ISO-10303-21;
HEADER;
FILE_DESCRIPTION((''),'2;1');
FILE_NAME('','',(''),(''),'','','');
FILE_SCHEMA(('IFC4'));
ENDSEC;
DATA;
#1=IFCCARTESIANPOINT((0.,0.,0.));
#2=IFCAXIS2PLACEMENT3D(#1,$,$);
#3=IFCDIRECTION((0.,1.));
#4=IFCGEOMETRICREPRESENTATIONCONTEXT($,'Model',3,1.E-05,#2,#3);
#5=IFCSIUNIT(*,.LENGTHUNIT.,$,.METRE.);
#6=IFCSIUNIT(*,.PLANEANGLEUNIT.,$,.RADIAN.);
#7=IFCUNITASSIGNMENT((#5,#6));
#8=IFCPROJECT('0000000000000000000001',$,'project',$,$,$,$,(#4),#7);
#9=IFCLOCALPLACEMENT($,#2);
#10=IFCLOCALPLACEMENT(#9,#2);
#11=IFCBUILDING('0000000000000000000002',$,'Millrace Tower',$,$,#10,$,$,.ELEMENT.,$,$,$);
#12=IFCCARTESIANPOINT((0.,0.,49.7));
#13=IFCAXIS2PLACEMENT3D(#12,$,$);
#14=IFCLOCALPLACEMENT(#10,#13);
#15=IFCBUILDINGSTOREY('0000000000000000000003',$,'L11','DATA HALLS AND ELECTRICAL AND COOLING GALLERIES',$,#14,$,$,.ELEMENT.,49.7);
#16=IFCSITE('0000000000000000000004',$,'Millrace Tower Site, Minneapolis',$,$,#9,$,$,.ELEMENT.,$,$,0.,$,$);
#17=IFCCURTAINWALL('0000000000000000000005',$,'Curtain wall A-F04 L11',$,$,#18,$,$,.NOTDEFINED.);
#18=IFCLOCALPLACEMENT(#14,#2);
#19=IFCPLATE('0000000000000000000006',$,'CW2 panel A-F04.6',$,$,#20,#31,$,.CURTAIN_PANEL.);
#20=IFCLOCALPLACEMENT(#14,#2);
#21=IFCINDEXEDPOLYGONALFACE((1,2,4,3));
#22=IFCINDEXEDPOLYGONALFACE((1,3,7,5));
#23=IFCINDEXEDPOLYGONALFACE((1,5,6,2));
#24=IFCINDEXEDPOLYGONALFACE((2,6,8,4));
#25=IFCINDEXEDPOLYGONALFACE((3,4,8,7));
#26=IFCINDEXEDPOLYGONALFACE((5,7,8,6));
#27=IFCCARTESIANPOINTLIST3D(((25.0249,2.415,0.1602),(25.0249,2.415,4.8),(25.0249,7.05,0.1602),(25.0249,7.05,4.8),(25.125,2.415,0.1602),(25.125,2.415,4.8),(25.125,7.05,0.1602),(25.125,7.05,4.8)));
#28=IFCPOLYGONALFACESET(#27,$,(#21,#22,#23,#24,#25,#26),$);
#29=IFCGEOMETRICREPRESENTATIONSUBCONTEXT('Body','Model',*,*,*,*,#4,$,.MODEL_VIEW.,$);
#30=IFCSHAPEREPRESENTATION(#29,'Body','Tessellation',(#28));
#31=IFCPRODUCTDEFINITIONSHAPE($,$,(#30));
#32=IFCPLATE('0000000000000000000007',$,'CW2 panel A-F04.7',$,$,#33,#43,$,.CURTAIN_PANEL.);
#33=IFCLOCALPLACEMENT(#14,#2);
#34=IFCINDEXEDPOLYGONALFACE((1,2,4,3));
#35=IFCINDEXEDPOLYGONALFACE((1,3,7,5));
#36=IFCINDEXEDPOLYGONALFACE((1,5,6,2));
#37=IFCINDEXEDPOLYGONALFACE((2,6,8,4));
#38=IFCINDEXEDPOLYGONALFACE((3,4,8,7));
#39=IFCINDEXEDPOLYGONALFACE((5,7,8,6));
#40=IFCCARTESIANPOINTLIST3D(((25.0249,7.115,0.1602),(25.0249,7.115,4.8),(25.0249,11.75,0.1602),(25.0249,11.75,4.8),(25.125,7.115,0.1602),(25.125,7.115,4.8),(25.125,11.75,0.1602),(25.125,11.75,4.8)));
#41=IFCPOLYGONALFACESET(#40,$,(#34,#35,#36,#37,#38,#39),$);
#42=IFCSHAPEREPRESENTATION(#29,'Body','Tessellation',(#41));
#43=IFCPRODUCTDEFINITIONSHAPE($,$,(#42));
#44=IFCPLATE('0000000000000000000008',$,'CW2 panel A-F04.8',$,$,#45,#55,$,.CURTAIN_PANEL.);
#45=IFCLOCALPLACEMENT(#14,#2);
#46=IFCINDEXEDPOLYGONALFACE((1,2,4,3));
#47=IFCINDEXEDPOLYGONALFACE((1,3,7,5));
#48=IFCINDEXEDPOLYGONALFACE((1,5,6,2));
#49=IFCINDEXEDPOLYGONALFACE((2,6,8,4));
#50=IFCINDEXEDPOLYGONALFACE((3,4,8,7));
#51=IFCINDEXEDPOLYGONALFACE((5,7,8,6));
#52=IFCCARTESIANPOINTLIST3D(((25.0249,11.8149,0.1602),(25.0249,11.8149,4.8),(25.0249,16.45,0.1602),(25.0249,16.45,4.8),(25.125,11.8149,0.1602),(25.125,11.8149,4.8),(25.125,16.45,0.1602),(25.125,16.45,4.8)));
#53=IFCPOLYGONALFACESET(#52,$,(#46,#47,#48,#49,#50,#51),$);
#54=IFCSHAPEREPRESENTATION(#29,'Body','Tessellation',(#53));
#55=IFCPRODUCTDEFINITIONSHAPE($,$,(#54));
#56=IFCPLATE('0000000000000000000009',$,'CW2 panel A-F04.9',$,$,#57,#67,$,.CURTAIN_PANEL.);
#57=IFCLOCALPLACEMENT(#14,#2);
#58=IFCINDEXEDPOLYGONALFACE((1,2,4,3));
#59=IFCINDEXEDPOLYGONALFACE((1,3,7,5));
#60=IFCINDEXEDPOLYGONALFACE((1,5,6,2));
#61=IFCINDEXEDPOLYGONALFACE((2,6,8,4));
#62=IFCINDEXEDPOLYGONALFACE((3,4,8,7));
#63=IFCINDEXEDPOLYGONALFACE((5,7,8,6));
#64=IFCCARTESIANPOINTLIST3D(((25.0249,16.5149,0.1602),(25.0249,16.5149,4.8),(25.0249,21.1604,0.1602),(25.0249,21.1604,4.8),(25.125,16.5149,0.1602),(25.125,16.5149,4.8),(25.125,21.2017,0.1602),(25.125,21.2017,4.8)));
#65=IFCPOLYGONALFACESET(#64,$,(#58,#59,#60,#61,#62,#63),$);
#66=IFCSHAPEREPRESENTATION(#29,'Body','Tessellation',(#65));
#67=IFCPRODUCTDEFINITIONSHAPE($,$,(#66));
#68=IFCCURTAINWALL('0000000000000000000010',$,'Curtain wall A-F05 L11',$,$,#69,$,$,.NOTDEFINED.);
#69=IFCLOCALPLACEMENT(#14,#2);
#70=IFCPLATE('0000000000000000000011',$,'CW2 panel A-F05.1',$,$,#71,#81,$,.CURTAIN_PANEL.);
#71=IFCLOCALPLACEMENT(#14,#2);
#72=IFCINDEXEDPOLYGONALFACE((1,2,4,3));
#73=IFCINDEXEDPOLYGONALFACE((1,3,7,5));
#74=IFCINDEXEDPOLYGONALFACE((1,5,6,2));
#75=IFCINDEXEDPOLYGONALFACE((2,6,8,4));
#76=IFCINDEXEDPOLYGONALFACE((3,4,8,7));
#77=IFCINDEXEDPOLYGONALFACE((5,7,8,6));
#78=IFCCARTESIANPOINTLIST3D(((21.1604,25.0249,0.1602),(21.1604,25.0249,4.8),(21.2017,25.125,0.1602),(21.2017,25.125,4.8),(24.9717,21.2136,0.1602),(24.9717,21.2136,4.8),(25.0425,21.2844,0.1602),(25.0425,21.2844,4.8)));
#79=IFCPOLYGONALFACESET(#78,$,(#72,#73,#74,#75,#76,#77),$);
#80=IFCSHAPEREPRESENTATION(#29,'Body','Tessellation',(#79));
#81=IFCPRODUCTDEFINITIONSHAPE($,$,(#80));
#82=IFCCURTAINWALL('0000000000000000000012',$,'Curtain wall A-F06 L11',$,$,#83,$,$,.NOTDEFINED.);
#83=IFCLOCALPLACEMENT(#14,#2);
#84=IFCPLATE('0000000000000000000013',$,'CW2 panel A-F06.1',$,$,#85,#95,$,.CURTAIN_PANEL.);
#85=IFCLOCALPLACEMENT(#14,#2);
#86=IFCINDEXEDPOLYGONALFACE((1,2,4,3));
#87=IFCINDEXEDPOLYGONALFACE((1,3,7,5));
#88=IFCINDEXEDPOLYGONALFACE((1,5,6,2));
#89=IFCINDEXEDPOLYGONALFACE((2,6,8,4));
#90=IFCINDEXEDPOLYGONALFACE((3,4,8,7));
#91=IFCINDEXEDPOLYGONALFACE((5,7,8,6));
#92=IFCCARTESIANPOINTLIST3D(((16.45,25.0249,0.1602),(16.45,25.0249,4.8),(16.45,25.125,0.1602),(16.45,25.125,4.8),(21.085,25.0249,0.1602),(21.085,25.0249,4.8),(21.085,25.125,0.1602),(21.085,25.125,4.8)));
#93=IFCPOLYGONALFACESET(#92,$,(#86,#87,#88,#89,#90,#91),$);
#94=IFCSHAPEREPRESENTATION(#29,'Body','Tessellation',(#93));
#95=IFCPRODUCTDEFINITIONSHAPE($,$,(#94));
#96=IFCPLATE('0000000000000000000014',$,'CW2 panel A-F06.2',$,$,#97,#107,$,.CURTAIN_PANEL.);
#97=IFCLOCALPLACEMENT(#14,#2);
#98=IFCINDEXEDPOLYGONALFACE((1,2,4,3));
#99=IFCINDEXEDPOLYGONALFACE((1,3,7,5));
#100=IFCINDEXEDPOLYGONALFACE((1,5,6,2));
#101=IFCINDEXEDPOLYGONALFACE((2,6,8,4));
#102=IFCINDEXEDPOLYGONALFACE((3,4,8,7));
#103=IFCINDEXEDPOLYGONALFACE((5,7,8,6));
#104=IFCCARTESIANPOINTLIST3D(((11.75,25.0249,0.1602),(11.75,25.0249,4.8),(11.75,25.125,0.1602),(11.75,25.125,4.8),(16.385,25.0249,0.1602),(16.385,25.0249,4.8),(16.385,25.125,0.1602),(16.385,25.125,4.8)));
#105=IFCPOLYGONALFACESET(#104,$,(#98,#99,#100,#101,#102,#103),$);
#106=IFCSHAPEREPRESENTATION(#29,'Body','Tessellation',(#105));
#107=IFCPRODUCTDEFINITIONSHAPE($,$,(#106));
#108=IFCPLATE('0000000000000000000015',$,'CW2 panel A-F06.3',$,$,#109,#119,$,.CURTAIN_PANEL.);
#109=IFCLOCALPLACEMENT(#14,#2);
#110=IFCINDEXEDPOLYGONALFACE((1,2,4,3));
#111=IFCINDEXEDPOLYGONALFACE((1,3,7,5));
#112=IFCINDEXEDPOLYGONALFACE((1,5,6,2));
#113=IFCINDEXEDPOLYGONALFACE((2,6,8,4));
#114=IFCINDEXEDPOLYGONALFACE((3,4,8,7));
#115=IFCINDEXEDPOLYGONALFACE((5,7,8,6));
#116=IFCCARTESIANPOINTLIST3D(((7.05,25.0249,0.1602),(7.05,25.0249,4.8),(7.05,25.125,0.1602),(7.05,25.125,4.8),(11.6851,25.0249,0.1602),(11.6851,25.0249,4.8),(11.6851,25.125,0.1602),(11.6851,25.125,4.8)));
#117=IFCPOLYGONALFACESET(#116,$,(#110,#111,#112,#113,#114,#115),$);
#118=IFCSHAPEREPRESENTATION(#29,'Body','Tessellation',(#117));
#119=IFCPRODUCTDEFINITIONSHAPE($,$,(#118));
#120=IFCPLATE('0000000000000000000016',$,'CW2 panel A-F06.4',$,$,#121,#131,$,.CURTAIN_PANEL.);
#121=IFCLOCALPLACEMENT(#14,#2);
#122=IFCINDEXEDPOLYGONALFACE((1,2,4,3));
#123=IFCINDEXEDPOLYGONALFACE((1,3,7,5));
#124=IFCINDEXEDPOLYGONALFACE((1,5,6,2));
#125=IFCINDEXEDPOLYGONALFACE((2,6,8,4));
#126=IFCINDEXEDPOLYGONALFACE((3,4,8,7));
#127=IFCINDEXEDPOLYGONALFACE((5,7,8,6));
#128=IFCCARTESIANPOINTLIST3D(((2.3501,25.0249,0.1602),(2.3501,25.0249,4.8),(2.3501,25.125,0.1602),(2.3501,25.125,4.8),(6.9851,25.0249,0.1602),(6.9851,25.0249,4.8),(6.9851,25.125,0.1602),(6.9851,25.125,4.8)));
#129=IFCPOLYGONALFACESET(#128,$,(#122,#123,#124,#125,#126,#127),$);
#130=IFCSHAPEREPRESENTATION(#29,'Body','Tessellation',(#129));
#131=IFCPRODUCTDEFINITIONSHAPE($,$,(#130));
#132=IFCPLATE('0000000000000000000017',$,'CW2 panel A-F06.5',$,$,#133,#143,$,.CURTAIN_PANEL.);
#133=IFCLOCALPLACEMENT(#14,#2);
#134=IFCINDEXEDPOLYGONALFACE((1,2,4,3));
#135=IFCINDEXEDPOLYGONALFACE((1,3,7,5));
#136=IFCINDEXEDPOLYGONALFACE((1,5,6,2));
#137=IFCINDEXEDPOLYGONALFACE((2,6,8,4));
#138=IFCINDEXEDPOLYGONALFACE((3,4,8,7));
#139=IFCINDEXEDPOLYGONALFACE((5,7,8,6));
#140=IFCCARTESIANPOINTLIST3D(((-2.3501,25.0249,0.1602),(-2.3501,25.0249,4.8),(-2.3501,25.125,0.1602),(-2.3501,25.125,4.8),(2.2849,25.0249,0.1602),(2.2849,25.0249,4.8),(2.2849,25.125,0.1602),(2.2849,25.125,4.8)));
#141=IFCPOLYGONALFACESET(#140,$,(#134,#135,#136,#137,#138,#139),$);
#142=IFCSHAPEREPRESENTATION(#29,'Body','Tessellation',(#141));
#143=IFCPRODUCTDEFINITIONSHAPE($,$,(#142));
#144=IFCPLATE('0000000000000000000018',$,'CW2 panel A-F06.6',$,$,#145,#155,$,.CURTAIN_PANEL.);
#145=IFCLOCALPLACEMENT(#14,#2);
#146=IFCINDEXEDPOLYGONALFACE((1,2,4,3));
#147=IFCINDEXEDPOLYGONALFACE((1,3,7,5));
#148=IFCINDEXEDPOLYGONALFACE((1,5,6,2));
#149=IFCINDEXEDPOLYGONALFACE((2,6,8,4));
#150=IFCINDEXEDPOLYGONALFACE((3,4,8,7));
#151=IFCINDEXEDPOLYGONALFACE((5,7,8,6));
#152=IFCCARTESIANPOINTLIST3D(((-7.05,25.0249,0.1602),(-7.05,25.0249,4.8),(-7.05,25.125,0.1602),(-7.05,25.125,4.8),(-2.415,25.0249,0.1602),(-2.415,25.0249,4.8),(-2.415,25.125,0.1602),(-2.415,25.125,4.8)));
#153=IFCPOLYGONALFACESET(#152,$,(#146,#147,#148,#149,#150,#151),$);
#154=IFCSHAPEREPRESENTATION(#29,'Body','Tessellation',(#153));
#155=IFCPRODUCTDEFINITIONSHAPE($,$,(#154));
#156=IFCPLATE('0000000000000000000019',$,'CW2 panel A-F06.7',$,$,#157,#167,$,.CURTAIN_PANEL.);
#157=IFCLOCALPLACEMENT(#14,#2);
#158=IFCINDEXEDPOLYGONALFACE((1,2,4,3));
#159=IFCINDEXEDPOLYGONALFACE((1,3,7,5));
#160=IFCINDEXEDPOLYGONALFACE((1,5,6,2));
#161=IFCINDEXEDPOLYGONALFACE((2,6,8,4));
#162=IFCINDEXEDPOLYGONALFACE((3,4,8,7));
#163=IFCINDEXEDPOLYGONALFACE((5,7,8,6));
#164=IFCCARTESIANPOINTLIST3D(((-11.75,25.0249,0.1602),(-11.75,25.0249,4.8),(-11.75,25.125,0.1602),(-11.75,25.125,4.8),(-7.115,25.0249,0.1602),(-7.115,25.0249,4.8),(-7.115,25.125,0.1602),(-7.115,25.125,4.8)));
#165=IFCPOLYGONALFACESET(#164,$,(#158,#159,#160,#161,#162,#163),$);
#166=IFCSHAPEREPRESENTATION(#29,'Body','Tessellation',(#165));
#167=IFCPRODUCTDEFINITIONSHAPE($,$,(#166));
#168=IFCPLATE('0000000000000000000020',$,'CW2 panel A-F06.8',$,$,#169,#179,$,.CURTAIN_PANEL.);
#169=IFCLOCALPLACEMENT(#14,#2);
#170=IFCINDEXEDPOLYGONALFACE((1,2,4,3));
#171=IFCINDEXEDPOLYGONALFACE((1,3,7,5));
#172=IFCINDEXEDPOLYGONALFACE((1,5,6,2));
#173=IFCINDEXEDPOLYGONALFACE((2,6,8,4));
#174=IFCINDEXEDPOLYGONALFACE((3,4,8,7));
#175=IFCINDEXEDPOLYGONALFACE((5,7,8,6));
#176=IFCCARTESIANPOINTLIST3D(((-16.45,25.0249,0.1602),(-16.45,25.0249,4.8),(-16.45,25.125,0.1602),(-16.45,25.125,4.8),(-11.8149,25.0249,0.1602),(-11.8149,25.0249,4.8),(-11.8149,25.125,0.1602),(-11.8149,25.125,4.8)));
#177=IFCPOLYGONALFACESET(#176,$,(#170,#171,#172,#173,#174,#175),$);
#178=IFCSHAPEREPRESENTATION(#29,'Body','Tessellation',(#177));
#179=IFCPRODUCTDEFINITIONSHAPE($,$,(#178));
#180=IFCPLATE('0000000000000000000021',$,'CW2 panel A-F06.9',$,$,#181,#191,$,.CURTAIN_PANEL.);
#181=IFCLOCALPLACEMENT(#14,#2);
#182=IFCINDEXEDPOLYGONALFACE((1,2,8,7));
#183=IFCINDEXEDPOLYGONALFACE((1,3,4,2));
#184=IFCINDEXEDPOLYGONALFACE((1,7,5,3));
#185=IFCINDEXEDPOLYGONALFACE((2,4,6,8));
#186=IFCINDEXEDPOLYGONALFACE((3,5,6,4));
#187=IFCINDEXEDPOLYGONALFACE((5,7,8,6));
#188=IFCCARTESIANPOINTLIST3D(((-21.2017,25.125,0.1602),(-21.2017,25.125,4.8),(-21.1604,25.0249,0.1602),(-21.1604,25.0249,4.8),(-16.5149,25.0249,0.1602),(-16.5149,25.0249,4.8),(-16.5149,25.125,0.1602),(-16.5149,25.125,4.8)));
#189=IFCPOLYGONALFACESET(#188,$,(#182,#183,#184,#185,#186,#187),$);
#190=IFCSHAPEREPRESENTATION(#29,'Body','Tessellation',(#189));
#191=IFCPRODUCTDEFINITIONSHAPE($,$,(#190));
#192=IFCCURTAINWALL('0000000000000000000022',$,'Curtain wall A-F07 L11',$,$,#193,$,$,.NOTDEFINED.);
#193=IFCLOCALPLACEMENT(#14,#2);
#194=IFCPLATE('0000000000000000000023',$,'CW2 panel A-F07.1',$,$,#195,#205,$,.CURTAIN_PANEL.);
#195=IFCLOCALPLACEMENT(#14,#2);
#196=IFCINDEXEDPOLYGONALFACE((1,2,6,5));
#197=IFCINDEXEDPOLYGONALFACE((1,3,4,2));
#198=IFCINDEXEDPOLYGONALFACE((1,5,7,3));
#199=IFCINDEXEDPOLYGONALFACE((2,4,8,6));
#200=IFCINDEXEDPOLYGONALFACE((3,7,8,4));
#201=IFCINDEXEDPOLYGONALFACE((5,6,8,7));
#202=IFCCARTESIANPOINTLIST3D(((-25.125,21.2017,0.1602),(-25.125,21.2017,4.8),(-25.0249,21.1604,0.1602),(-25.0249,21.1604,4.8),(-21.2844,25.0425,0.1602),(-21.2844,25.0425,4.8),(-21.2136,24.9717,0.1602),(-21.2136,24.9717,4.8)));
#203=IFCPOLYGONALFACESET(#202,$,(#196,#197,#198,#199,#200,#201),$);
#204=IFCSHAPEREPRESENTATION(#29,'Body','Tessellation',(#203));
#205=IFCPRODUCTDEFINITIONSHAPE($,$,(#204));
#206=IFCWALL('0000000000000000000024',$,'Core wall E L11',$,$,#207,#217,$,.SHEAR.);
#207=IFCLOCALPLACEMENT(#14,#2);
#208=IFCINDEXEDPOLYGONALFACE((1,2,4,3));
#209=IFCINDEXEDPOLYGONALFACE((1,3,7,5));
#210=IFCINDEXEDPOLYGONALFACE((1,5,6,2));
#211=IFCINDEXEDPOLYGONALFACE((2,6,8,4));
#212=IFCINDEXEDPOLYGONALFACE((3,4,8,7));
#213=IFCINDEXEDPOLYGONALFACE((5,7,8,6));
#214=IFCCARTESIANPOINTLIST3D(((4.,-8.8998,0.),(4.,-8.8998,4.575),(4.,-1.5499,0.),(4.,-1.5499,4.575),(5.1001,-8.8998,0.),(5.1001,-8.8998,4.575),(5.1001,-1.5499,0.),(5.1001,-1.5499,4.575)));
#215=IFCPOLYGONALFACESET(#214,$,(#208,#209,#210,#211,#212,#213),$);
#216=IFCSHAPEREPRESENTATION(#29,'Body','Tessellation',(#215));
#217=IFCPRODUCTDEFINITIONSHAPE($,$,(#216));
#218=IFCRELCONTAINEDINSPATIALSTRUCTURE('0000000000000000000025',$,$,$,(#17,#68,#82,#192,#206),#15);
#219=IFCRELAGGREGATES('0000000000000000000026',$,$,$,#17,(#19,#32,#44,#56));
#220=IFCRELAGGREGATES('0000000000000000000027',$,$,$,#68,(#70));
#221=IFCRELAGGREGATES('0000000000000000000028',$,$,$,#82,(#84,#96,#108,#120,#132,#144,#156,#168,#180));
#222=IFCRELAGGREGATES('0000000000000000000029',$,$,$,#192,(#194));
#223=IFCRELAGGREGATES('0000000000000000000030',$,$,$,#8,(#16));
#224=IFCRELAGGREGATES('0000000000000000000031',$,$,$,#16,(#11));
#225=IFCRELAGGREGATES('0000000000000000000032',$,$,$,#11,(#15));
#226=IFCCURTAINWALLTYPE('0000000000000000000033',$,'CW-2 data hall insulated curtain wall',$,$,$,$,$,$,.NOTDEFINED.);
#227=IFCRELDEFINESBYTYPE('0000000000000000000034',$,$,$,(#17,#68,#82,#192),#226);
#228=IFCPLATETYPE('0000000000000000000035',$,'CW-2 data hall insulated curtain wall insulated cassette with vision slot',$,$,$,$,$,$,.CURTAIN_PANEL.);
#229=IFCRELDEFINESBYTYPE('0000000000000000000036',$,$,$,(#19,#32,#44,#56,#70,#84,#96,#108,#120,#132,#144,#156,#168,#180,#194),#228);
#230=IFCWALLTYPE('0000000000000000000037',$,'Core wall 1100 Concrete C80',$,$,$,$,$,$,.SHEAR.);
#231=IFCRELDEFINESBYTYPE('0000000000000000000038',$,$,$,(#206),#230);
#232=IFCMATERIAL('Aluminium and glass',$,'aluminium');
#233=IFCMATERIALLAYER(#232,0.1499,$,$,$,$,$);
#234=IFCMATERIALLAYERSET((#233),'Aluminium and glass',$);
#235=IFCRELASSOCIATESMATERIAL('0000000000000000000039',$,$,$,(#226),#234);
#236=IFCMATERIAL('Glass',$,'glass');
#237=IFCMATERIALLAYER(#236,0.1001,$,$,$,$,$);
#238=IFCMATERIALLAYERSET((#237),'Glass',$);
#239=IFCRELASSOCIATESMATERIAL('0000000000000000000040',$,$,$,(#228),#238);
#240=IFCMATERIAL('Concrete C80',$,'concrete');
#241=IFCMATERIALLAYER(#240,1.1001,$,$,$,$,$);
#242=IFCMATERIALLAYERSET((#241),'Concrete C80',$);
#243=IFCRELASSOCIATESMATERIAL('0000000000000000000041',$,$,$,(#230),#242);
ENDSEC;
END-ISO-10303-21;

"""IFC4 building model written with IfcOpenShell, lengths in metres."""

from ifc_helpers import new_model, si_unit, direction, frame, frame_2d, origin, place, context, subcontext, project, spatial, polyline, rectangle, outline, extrude, material, layer, layer_set, type_object, element, aggregate, save


model = new_model("IFC4")

# Units and contexts
model_context = context("Model", 3, precision=1e-05, world=origin(), true_north=direction((0.0, 1.0)))
body_context = subcontext(model_context, "Body", "Model", "MODEL_VIEW")
ifc_project = project(units=[si_unit("LENGTHUNIT", "METRE"), si_unit("PLANEANGLEUNIT", "RADIAN")], contexts=[model_context])

# Site, building, storey
site_placement = place(None, origin())
site = spatial("IfcSite", under=ifc_project, at=site_placement, Name="Millrace Tower Site, Minneapolis", CompositionType="ELEMENT", RefElevation=0.0)
building_placement = place(site_placement, origin())
building = spatial("IfcBuilding", under=site, at=building_placement, Name="Millrace Tower", CompositionType="ELEMENT")
storey_placement = place(building_placement, frame((0.0, 0.0, 49.7)))
storey = spatial("IfcBuildingStorey", under=building, at=storey_placement, Name="L11", Description="DATA HALLS AND ELECTRICAL AND COOLING GALLERIES", CompositionType="ELEMENT", Elevation=49.7)

# Curtain wall, plates
ifc_material_1 = material(Name="Aluminium and glass", Category="aluminium")
ifc_layer_1 = layer(ifc_material_1, 0.1499)
ifc_layer_set_1 = layer_set([ifc_layer_1], Name="Aluminium and glass")
curtain_wall_type = type_object("IfcCurtainWallType", Name="CW-2 data hall insulated curtain wall", PredefinedType="NOTDEFINED", material=ifc_layer_set_1)
placement_1 = place(storey_placement, origin())
curtain_wall_1 = element("IfcCurtainWall", 1, at=placement_1, inside=storey, type_object=curtain_wall_type, Name="Curtain wall A-F04 L11", PredefinedType="NOTDEFINED")
ifc_material_2 = material(Name="Glass", Category="glass")
ifc_layer_2 = layer(ifc_material_2, 0.1001)
ifc_layer_set_2 = layer_set([ifc_layer_2], Name="Glass")
plate_type = type_object("IfcPlateType", Name="CW-2 data hall insulated curtain wall insulated cassette with vision slot", PredefinedType="CURTAIN_PANEL", material=ifc_layer_set_2)
placement_2 = place(storey_placement, frame((0.0, 0.0, 0.1602)))
plate_1 = element("IfcPlate", 2, at=placement_2, type_object=plate_type, Name="CW2 panel A-F04.6", PredefinedType="CURTAIN_PANEL", context=body_context, shape_type="SweptSolid", body=[
    extrude(outline(polyline([(25.125, 2.415), (25.125, 7.05), (25.0249, 7.05), (25.0249, 2.415), (25.125, 2.415)])), origin(), (0.0, 0.0, 1.0), 4.6399),
])
plate_2 = element("IfcPlate", 3, at=placement_2, type_object=plate_type, Name="CW2 panel A-F04.7", PredefinedType="CURTAIN_PANEL", context=body_context, shape_type="SweptSolid", body=[
    extrude(outline(polyline([(25.125, 7.115), (25.125, 11.75), (25.0249, 11.75), (25.0249, 7.115), (25.125, 7.115)])), origin(), (0.0, 0.0, 1.0), 4.6399),
])
plate_3 = element("IfcPlate", 4, at=placement_2, type_object=plate_type, Name="CW2 panel A-F04.8", PredefinedType="CURTAIN_PANEL", context=body_context, shape_type="SweptSolid", body=[
    extrude(outline(polyline([(25.125, 11.8149), (25.125, 16.45), (25.0249, 16.45), (25.0249, 11.8149), (25.125, 11.8149)])), origin(), (0.0, 0.0, 1.0), 4.6399),
])
plate_4 = element("IfcPlate", 5, at=placement_2, type_object=plate_type, Name="CW2 panel A-F04.9", PredefinedType="CURTAIN_PANEL", context=body_context, shape_type="SweptSolid", body=[
    extrude(outline(polyline([(25.125, 16.5149), (25.125, 21.2017), (25.0249, 21.1604), (25.0249, 16.5149), (25.125, 16.5149)])), origin(), (0.0, 0.0, 1.0), 4.6399),
])
aggregate(curtain_wall_1, [plate_1, plate_2, plate_3, plate_4])

# Curtain wall, plate
curtain_wall_2 = element("IfcCurtainWall", 6, at=placement_1, inside=storey, type_object=curtain_wall_type, Name="Curtain wall A-F05 L11", PredefinedType="NOTDEFINED")
plate_5 = element("IfcPlate", 7, at=placement_2, type_object=plate_type, Name="CW2 panel A-F05.1", PredefinedType="CURTAIN_PANEL", context=body_context, shape_type="SweptSolid", body=[
    extrude(outline(polyline([(25.0425, 21.2844), (21.2017, 25.125), (21.1604, 25.0249), (24.9717, 21.2136), (25.0425, 21.2844)])), origin(), (0.0, 0.0, 1.0), 4.6399),
])
aggregate(curtain_wall_2, [plate_5])

# Curtain wall, plates
curtain_wall_3 = element("IfcCurtainWall", 8, at=placement_1, inside=storey, type_object=curtain_wall_type, Name="Curtain wall A-F06 L11", PredefinedType="NOTDEFINED")
plate_6 = element("IfcPlate", 9, at=placement_2, type_object=plate_type, Name="CW2 panel A-F06.1", PredefinedType="CURTAIN_PANEL", context=body_context, shape_type="SweptSolid", body=[
    extrude(outline(polyline([(21.085, 25.125), (16.45, 25.125), (16.45, 25.0249), (21.085, 25.0249), (21.085, 25.125)])), origin(), (0.0, 0.0, 1.0), 4.6399),
])
plate_7 = element("IfcPlate", 10, at=placement_2, type_object=plate_type, Name="CW2 panel A-F06.2", PredefinedType="CURTAIN_PANEL", context=body_context, shape_type="SweptSolid", body=[
    extrude(outline(polyline([(16.385, 25.125), (11.75, 25.125), (11.75, 25.0249), (16.385, 25.0249), (16.385, 25.125)])), origin(), (0.0, 0.0, 1.0), 4.6399),
])
plate_8 = element("IfcPlate", 11, at=placement_2, type_object=plate_type, Name="CW2 panel A-F06.3", PredefinedType="CURTAIN_PANEL", context=body_context, shape_type="SweptSolid", body=[
    extrude(outline(polyline([(11.6851, 25.125), (7.05, 25.125), (7.05, 25.0249), (11.6851, 25.0249), (11.6851, 25.125)])), origin(), (0.0, 0.0, 1.0), 4.6399),
])
plate_9 = element("IfcPlate", 12, at=placement_2, type_object=plate_type, Name="CW2 panel A-F06.4", PredefinedType="CURTAIN_PANEL", context=body_context, shape_type="SweptSolid", body=[
    extrude(outline(polyline([(6.9851, 25.125), (2.3501, 25.125), (2.3501, 25.0249), (6.9851, 25.0249), (6.9851, 25.125)])), origin(), (0.0, 0.0, 1.0), 4.6399),
])
plate_10 = element("IfcPlate", 13, at=placement_2, type_object=plate_type, Name="CW2 panel A-F06.5", PredefinedType="CURTAIN_PANEL", context=body_context, shape_type="SweptSolid", body=[
    extrude(outline(polyline([(2.2849, 25.125), (-2.3501, 25.125), (-2.3501, 25.0249), (2.2849, 25.0249), (2.2849, 25.125)])), origin(), (0.0, 0.0, 1.0), 4.6399),
])
plate_11 = element("IfcPlate", 14, at=placement_2, type_object=plate_type, Name="CW2 panel A-F06.6", PredefinedType="CURTAIN_PANEL", context=body_context, shape_type="SweptSolid", body=[
    extrude(outline(polyline([(-2.415, 25.125), (-7.05, 25.125), (-7.05, 25.0249), (-2.415, 25.0249), (-2.415, 25.125)])), origin(), (0.0, 0.0, 1.0), 4.6399),
])
plate_12 = element("IfcPlate", 15, at=placement_2, type_object=plate_type, Name="CW2 panel A-F06.7", PredefinedType="CURTAIN_PANEL", context=body_context, shape_type="SweptSolid", body=[
    extrude(outline(polyline([(-7.115, 25.125), (-11.75, 25.125), (-11.75, 25.0249), (-7.115, 25.0249), (-7.115, 25.125)])), origin(), (0.0, 0.0, 1.0), 4.6399),
])
plate_13 = element("IfcPlate", 16, at=placement_2, type_object=plate_type, Name="CW2 panel A-F06.8", PredefinedType="CURTAIN_PANEL", context=body_context, shape_type="SweptSolid", body=[
    extrude(outline(polyline([(-11.8149, 25.125), (-16.45, 25.125), (-16.45, 25.0249), (-11.8149, 25.0249), (-11.8149, 25.125)])), origin(), (0.0, 0.0, 1.0), 4.6399),
])
plate_14 = element("IfcPlate", 17, at=placement_2, type_object=plate_type, Name="CW2 panel A-F06.9", PredefinedType="CURTAIN_PANEL", context=body_context, shape_type="SweptSolid", body=[
    extrude(outline(polyline([(-16.5149, 25.125), (-21.2017, 25.125), (-21.1604, 25.0249), (-16.5149, 25.0249), (-16.5149, 25.125)])), origin(), (0.0, 0.0, 1.0), 4.6399),
])
aggregate(curtain_wall_3, [plate_6, plate_7, plate_8, plate_9, plate_10, plate_11, plate_12, plate_13, plate_14])

# Curtain wall, plate
curtain_wall_4 = element("IfcCurtainWall", 18, at=placement_1, inside=storey, type_object=curtain_wall_type, Name="Curtain wall A-F07 L11", PredefinedType="NOTDEFINED")
plate_15 = element("IfcPlate", 19, at=placement_2, type_object=plate_type, Name="CW2 panel A-F07.1", PredefinedType="CURTAIN_PANEL", context=body_context, shape_type="SweptSolid", body=[
    extrude(outline(polyline([(-21.2844, 25.0425), (-25.125, 21.2017), (-25.0249, 21.1604), (-21.2136, 24.9717), (-21.2844, 25.0425)])), origin(), (0.0, 0.0, 1.0), 4.6399),
])
aggregate(curtain_wall_4, [plate_15])

# Wall
ifc_material_3 = material(Name="Concrete C80", Category="concrete")
ifc_layer_3 = layer(ifc_material_3, 1.1001)
ifc_layer_set_3 = layer_set([ifc_layer_3], Name="Concrete C80")
wall_type_1 = type_object("IfcWallType", Name="Core wall 1100 Concrete C80", PredefinedType="SHEAR", material=ifc_layer_set_3)
wall_1_placement = place(storey_placement, frame((4.55, -1.55, 0.0), z_axis=(0.0, 0.0, 1.0), x_axis=(0.0, -1.0, 0.0)))
element("IfcWall", 20, at=wall_1_placement, inside=storey, type_object=wall_type_1, Name="Core wall E L11", PredefinedType="SHEAR", context=body_context, shape_type="SweptSolid", body=[
    extrude(rectangle(XDim=7.3499, YDim=1.1001, at=frame_2d((3.6748, 0.0))), origin(), (0.0, 0.0, 1.0), 4.575),
])

save(model, "model.ifc")
